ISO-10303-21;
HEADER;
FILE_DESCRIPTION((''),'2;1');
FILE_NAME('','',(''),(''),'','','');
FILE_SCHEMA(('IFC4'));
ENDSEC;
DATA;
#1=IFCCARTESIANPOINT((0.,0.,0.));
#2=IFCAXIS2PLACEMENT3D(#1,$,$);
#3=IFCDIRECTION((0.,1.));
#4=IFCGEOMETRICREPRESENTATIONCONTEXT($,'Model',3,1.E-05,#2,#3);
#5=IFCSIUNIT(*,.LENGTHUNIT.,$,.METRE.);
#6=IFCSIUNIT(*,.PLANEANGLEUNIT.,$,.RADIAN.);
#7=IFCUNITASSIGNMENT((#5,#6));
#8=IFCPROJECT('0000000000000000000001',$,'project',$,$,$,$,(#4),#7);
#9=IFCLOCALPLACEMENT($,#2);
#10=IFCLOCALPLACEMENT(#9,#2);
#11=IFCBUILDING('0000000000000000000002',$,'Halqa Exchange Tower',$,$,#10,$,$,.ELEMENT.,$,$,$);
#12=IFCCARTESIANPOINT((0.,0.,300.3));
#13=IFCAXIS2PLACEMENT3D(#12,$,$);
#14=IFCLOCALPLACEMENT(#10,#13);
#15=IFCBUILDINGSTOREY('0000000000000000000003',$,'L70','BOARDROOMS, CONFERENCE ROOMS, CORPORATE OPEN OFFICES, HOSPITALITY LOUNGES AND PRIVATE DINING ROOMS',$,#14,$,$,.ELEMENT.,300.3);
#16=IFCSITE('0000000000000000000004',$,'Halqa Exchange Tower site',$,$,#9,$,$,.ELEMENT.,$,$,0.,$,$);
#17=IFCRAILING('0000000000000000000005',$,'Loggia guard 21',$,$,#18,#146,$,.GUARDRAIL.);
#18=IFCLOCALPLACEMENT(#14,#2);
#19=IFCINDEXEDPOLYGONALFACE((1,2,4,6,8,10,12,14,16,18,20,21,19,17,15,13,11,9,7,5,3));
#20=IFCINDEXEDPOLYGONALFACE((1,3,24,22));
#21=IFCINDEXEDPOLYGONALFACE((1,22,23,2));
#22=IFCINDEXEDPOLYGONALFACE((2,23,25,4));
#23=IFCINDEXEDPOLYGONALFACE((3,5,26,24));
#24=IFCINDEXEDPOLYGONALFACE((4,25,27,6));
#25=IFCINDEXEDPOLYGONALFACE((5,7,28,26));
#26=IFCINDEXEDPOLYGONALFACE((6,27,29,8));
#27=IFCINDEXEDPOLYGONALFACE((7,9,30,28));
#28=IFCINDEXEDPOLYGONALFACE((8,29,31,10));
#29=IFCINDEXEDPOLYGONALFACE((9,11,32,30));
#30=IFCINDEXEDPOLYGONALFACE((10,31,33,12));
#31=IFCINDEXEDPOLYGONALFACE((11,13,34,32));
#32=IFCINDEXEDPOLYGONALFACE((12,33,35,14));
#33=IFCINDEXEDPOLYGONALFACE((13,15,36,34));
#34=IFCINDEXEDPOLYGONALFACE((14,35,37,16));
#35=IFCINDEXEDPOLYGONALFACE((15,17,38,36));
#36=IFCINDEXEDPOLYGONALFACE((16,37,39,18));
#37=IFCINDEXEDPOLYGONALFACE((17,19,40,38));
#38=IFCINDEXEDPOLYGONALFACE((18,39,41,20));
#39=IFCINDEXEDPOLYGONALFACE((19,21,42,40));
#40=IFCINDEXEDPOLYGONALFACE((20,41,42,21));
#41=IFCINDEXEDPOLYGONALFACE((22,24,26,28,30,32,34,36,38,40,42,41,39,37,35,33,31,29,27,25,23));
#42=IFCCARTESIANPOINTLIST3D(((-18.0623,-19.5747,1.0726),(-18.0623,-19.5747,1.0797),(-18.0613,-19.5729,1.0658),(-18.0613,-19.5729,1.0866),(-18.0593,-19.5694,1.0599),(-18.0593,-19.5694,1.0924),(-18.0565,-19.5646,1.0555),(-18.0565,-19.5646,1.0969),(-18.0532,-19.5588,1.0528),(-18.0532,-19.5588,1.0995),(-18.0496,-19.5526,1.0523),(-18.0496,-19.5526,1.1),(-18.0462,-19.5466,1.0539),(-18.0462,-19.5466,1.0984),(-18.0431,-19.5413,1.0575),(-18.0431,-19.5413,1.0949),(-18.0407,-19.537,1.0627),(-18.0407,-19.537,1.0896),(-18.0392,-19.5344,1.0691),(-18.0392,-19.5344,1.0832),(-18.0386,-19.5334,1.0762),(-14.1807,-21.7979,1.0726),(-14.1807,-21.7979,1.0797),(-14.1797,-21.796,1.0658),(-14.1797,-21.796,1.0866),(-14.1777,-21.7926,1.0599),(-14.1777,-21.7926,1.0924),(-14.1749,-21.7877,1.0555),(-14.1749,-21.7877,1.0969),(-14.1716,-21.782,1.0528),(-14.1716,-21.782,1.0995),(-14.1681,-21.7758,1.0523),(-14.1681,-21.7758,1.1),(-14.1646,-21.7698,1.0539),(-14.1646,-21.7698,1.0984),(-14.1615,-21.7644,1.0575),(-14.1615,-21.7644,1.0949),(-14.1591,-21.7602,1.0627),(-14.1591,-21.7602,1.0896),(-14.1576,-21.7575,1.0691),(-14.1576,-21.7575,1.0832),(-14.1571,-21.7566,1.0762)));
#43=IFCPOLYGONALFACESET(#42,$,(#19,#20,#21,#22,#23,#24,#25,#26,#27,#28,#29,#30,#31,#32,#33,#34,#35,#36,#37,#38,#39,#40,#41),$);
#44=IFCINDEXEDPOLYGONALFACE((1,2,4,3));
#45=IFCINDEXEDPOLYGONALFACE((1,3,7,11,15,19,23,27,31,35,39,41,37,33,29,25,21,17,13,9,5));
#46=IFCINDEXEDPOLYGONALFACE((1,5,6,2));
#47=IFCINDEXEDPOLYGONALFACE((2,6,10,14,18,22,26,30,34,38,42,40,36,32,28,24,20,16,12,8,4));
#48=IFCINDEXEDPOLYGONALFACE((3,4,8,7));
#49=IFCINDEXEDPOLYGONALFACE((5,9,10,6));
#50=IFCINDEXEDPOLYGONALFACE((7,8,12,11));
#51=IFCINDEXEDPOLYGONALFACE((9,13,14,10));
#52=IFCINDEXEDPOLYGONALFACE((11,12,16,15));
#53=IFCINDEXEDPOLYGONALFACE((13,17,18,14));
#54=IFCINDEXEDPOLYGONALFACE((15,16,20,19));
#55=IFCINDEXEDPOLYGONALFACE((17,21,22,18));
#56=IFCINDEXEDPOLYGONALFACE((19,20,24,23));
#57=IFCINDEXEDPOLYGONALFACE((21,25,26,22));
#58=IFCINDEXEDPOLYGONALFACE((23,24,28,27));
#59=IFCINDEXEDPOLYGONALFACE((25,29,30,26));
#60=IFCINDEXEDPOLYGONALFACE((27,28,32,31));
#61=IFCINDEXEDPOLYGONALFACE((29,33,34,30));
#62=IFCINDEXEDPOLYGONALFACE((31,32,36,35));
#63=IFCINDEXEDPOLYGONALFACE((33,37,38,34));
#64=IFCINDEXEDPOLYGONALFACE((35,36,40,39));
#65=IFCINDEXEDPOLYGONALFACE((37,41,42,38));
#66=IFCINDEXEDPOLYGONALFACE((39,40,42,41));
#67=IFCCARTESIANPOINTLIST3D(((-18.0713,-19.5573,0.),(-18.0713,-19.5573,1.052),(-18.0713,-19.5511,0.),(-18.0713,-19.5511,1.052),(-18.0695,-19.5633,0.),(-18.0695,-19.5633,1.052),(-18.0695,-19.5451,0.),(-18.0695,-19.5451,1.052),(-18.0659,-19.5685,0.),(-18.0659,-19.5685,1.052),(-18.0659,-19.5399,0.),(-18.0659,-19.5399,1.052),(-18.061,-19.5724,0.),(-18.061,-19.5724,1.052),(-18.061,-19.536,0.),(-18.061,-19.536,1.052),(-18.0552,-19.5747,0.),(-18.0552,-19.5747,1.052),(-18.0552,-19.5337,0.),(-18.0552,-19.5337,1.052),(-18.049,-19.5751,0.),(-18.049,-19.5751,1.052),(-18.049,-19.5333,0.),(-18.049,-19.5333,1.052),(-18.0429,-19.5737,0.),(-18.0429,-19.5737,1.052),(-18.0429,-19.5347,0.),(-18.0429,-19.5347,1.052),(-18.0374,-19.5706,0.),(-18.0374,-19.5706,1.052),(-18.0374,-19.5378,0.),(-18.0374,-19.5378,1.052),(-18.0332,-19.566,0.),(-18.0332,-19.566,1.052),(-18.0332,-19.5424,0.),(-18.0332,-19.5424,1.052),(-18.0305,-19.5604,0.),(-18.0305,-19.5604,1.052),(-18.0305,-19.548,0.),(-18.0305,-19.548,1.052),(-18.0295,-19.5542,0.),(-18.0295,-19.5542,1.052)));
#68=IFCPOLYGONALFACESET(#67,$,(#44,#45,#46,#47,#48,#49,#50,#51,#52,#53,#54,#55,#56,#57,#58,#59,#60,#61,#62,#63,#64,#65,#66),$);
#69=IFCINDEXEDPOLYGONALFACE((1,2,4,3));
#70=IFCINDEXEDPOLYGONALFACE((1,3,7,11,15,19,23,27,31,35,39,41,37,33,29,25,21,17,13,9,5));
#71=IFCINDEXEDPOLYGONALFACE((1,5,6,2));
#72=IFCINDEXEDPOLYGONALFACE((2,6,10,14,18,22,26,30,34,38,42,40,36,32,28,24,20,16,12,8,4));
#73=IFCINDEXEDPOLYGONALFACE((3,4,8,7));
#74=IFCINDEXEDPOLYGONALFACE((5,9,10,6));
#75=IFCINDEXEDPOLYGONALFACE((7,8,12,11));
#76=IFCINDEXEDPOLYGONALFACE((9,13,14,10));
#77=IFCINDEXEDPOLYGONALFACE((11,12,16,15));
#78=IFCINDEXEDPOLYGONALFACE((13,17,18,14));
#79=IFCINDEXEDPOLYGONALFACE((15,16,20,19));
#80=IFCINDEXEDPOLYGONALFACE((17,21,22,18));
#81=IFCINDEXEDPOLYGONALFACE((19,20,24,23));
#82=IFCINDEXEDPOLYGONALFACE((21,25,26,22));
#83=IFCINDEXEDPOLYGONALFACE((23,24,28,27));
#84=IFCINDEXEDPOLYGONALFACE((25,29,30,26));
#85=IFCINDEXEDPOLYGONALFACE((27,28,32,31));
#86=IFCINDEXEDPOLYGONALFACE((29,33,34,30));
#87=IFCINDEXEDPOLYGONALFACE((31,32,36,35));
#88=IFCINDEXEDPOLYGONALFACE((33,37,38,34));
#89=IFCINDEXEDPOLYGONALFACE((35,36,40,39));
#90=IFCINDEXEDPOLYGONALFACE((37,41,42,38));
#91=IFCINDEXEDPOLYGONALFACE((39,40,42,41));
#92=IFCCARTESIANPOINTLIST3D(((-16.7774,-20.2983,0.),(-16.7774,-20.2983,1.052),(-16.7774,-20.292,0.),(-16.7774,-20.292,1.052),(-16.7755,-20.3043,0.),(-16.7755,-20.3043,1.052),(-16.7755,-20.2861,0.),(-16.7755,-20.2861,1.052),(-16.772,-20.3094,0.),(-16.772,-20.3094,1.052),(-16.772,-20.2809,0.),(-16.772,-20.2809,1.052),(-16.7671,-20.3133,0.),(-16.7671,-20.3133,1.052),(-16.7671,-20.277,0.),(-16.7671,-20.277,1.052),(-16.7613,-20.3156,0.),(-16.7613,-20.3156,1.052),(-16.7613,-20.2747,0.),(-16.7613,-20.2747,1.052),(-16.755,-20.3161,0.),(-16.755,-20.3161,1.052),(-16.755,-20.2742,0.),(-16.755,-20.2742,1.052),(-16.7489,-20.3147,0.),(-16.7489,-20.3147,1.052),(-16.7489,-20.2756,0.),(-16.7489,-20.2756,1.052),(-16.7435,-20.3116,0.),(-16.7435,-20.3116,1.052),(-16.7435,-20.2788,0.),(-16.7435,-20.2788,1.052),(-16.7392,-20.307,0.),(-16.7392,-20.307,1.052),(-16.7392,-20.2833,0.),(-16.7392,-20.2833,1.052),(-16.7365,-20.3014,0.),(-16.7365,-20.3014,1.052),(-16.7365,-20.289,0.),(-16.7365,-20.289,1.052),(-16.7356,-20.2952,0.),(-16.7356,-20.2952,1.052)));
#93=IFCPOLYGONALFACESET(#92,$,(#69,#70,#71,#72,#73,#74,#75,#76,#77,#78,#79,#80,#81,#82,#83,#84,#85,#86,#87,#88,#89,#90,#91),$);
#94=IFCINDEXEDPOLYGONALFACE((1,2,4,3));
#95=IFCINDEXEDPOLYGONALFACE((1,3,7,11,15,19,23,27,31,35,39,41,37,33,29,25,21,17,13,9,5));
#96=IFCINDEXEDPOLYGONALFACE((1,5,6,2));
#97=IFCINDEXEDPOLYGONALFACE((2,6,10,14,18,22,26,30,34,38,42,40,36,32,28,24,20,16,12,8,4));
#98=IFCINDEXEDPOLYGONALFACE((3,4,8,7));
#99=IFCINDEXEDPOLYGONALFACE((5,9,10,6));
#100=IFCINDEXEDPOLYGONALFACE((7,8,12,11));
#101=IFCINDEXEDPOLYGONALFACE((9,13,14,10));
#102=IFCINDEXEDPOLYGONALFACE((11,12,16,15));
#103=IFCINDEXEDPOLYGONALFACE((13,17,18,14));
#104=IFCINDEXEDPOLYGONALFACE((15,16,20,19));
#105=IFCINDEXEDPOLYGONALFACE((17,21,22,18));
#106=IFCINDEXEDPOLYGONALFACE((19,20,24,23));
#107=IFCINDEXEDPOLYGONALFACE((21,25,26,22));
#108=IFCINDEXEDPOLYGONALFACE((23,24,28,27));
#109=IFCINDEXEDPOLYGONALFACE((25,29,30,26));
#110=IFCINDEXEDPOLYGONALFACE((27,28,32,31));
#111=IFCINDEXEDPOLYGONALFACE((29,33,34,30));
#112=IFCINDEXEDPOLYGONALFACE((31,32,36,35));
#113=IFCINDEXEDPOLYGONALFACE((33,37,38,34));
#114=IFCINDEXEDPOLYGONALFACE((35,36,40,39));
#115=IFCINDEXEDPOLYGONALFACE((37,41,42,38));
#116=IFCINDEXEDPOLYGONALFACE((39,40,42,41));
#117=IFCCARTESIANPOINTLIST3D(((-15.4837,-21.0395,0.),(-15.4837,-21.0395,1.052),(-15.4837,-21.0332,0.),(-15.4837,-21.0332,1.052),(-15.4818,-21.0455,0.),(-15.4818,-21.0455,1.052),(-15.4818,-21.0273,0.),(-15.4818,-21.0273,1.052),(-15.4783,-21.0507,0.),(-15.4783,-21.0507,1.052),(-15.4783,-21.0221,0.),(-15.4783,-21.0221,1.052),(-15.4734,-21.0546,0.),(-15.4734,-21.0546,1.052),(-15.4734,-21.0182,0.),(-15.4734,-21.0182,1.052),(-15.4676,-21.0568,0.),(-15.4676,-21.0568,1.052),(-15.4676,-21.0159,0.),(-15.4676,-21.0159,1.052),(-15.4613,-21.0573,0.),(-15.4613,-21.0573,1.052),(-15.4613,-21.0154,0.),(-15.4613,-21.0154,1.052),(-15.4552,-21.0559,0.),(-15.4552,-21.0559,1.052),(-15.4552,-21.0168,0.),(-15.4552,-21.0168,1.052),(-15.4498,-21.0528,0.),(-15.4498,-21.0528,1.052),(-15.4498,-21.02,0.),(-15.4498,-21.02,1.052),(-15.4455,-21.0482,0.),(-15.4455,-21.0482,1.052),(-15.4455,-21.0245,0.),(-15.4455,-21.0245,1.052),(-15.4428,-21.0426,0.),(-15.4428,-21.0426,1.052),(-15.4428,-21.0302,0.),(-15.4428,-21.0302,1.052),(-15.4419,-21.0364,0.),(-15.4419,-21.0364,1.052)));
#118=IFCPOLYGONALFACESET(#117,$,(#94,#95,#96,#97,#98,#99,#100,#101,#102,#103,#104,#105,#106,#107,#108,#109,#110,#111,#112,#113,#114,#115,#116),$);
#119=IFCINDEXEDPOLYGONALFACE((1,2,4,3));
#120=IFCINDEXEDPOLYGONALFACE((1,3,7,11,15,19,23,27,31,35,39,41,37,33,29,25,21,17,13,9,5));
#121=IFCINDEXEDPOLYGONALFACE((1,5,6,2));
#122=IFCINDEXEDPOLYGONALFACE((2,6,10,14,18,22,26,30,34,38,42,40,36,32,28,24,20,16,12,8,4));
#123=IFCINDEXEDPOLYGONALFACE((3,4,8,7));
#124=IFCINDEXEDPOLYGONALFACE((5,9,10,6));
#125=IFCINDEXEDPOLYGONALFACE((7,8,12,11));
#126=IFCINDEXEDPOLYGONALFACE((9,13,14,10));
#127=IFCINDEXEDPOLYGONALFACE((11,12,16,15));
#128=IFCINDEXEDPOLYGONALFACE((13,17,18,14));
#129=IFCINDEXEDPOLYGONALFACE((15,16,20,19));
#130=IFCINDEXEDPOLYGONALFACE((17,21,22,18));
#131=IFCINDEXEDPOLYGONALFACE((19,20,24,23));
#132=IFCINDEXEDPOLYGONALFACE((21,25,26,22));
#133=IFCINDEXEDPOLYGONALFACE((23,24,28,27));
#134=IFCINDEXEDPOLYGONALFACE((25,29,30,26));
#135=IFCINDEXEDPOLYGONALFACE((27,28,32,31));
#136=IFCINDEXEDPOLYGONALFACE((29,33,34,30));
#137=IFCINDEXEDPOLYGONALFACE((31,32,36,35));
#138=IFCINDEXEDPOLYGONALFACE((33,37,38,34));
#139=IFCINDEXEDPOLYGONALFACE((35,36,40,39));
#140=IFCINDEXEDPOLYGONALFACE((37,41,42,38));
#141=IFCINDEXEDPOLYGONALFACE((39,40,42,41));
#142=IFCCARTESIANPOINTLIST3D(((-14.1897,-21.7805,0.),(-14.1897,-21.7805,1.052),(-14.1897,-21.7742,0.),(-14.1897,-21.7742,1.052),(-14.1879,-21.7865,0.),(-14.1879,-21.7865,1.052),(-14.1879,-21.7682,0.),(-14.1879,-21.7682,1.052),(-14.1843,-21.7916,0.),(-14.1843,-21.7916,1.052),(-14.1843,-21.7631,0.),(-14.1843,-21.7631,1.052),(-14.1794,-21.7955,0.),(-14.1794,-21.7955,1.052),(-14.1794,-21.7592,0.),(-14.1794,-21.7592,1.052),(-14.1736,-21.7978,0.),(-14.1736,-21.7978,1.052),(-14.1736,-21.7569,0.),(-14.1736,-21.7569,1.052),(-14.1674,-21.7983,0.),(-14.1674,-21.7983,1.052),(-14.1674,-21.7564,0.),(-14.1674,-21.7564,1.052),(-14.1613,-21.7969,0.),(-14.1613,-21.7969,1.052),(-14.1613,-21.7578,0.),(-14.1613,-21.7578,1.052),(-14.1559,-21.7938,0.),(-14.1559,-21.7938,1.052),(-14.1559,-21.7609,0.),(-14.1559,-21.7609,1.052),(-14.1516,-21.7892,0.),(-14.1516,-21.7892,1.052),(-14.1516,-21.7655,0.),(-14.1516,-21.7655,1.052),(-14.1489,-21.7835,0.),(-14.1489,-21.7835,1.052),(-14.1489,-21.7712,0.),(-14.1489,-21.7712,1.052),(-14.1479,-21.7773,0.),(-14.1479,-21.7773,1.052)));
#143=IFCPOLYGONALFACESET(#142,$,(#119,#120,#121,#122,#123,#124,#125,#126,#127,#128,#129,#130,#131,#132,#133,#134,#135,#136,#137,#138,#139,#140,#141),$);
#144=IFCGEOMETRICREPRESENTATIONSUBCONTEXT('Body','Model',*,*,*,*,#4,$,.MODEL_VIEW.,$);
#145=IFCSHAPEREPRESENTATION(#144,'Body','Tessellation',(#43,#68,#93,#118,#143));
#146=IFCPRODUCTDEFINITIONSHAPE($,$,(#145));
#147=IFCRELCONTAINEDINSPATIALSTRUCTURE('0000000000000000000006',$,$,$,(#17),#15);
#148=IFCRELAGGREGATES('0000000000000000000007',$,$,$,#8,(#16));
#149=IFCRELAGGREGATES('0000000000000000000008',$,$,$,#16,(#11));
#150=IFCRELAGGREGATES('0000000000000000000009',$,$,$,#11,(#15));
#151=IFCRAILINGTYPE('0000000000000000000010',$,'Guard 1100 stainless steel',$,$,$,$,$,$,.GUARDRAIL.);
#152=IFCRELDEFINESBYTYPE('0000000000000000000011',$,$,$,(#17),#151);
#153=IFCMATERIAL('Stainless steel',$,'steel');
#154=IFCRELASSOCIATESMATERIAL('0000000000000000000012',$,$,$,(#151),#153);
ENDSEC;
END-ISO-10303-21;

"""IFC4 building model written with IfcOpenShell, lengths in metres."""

from ifc_helpers import new_model, si_unit, direction, frame, origin, origin_2d, place, context, subcontext, project, spatial, circle, extrude, material, type_object, element, save


model = new_model("IFC4")

# Units and contexts
model_context = context("Model", 3, precision=1e-05, world=origin(), true_north=direction((0.0, 1.0)))
body_context = subcontext(model_context, "Body", "Model", "MODEL_VIEW")
ifc_project = project(units=[si_unit("LENGTHUNIT", "METRE"), si_unit("PLANEANGLEUNIT", "RADIAN")], contexts=[model_context])

# Site, building, storey
site_placement = place(None, origin())
site = spatial("IfcSite", under=ifc_project, at=site_placement, Name="Halqa Exchange Tower site", CompositionType="ELEMENT", RefElevation=0.0)
building_placement = place(site_placement, origin())
building = spatial("IfcBuilding", under=site, at=building_placement, Name="Halqa Exchange Tower", CompositionType="ELEMENT")
storey_placement = place(building_placement, frame((0.0, 0.0, 300.3)))
storey = spatial("IfcBuildingStorey", under=building, at=storey_placement, Name="L70", Description="BOARDROOMS, CONFERENCE ROOMS, CORPORATE OPEN OFFICES, HOSPITALITY LOUNGES AND PRIVATE DINING ROOMS", CompositionType="ELEMENT", Elevation=300.3)

# Railing
ifc_material_1 = material(Name="Stainless steel", Category="steel")
railing_type = type_object("IfcRailingType", Name="Guard 1100 stainless steel", PredefinedType="GUARDRAIL", material=ifc_material_1)
railing_1_placement = place(storey_placement, frame((-18.0505, -19.5542, 0.0)))
element("IfcRailing", 1, at=railing_1_placement, inside=storey, type_object=railing_type, Name="Loggia guard 21", PredefinedType="GUARDRAIL", context=body_context, shape_type="SweptSolid", body=[
    extrude(circle(Radius=0.0239, at=origin_2d()), frame((0.0, 0.0, 1.0762), z_axis=(0.867752, -0.496997, 0.0), x_axis=(0.496997, 0.867752, 0.0)), (0.0, 0.0, 1.0), 4.4731),
    extrude(circle(Radius=0.021, at=origin_2d()), origin(), (0.0, 0.0, 1.0), 1.052),
    extrude(circle(Radius=0.021, at=origin_2d()), frame((1.2939, -0.741, 0.0)), (0.0, 0.0, 1.0), 1.052),
    extrude(circle(Radius=0.021, at=origin_2d()), frame((2.5876, -1.4822, 0.0)), (0.0, 0.0, 1.0), 1.052),
    extrude(circle(Radius=0.021, at=origin_2d()), frame((3.8816, -2.2231, 0.0)), (0.0, 0.0, 1.0), 1.052),
])

save(model, "model.ifc")
